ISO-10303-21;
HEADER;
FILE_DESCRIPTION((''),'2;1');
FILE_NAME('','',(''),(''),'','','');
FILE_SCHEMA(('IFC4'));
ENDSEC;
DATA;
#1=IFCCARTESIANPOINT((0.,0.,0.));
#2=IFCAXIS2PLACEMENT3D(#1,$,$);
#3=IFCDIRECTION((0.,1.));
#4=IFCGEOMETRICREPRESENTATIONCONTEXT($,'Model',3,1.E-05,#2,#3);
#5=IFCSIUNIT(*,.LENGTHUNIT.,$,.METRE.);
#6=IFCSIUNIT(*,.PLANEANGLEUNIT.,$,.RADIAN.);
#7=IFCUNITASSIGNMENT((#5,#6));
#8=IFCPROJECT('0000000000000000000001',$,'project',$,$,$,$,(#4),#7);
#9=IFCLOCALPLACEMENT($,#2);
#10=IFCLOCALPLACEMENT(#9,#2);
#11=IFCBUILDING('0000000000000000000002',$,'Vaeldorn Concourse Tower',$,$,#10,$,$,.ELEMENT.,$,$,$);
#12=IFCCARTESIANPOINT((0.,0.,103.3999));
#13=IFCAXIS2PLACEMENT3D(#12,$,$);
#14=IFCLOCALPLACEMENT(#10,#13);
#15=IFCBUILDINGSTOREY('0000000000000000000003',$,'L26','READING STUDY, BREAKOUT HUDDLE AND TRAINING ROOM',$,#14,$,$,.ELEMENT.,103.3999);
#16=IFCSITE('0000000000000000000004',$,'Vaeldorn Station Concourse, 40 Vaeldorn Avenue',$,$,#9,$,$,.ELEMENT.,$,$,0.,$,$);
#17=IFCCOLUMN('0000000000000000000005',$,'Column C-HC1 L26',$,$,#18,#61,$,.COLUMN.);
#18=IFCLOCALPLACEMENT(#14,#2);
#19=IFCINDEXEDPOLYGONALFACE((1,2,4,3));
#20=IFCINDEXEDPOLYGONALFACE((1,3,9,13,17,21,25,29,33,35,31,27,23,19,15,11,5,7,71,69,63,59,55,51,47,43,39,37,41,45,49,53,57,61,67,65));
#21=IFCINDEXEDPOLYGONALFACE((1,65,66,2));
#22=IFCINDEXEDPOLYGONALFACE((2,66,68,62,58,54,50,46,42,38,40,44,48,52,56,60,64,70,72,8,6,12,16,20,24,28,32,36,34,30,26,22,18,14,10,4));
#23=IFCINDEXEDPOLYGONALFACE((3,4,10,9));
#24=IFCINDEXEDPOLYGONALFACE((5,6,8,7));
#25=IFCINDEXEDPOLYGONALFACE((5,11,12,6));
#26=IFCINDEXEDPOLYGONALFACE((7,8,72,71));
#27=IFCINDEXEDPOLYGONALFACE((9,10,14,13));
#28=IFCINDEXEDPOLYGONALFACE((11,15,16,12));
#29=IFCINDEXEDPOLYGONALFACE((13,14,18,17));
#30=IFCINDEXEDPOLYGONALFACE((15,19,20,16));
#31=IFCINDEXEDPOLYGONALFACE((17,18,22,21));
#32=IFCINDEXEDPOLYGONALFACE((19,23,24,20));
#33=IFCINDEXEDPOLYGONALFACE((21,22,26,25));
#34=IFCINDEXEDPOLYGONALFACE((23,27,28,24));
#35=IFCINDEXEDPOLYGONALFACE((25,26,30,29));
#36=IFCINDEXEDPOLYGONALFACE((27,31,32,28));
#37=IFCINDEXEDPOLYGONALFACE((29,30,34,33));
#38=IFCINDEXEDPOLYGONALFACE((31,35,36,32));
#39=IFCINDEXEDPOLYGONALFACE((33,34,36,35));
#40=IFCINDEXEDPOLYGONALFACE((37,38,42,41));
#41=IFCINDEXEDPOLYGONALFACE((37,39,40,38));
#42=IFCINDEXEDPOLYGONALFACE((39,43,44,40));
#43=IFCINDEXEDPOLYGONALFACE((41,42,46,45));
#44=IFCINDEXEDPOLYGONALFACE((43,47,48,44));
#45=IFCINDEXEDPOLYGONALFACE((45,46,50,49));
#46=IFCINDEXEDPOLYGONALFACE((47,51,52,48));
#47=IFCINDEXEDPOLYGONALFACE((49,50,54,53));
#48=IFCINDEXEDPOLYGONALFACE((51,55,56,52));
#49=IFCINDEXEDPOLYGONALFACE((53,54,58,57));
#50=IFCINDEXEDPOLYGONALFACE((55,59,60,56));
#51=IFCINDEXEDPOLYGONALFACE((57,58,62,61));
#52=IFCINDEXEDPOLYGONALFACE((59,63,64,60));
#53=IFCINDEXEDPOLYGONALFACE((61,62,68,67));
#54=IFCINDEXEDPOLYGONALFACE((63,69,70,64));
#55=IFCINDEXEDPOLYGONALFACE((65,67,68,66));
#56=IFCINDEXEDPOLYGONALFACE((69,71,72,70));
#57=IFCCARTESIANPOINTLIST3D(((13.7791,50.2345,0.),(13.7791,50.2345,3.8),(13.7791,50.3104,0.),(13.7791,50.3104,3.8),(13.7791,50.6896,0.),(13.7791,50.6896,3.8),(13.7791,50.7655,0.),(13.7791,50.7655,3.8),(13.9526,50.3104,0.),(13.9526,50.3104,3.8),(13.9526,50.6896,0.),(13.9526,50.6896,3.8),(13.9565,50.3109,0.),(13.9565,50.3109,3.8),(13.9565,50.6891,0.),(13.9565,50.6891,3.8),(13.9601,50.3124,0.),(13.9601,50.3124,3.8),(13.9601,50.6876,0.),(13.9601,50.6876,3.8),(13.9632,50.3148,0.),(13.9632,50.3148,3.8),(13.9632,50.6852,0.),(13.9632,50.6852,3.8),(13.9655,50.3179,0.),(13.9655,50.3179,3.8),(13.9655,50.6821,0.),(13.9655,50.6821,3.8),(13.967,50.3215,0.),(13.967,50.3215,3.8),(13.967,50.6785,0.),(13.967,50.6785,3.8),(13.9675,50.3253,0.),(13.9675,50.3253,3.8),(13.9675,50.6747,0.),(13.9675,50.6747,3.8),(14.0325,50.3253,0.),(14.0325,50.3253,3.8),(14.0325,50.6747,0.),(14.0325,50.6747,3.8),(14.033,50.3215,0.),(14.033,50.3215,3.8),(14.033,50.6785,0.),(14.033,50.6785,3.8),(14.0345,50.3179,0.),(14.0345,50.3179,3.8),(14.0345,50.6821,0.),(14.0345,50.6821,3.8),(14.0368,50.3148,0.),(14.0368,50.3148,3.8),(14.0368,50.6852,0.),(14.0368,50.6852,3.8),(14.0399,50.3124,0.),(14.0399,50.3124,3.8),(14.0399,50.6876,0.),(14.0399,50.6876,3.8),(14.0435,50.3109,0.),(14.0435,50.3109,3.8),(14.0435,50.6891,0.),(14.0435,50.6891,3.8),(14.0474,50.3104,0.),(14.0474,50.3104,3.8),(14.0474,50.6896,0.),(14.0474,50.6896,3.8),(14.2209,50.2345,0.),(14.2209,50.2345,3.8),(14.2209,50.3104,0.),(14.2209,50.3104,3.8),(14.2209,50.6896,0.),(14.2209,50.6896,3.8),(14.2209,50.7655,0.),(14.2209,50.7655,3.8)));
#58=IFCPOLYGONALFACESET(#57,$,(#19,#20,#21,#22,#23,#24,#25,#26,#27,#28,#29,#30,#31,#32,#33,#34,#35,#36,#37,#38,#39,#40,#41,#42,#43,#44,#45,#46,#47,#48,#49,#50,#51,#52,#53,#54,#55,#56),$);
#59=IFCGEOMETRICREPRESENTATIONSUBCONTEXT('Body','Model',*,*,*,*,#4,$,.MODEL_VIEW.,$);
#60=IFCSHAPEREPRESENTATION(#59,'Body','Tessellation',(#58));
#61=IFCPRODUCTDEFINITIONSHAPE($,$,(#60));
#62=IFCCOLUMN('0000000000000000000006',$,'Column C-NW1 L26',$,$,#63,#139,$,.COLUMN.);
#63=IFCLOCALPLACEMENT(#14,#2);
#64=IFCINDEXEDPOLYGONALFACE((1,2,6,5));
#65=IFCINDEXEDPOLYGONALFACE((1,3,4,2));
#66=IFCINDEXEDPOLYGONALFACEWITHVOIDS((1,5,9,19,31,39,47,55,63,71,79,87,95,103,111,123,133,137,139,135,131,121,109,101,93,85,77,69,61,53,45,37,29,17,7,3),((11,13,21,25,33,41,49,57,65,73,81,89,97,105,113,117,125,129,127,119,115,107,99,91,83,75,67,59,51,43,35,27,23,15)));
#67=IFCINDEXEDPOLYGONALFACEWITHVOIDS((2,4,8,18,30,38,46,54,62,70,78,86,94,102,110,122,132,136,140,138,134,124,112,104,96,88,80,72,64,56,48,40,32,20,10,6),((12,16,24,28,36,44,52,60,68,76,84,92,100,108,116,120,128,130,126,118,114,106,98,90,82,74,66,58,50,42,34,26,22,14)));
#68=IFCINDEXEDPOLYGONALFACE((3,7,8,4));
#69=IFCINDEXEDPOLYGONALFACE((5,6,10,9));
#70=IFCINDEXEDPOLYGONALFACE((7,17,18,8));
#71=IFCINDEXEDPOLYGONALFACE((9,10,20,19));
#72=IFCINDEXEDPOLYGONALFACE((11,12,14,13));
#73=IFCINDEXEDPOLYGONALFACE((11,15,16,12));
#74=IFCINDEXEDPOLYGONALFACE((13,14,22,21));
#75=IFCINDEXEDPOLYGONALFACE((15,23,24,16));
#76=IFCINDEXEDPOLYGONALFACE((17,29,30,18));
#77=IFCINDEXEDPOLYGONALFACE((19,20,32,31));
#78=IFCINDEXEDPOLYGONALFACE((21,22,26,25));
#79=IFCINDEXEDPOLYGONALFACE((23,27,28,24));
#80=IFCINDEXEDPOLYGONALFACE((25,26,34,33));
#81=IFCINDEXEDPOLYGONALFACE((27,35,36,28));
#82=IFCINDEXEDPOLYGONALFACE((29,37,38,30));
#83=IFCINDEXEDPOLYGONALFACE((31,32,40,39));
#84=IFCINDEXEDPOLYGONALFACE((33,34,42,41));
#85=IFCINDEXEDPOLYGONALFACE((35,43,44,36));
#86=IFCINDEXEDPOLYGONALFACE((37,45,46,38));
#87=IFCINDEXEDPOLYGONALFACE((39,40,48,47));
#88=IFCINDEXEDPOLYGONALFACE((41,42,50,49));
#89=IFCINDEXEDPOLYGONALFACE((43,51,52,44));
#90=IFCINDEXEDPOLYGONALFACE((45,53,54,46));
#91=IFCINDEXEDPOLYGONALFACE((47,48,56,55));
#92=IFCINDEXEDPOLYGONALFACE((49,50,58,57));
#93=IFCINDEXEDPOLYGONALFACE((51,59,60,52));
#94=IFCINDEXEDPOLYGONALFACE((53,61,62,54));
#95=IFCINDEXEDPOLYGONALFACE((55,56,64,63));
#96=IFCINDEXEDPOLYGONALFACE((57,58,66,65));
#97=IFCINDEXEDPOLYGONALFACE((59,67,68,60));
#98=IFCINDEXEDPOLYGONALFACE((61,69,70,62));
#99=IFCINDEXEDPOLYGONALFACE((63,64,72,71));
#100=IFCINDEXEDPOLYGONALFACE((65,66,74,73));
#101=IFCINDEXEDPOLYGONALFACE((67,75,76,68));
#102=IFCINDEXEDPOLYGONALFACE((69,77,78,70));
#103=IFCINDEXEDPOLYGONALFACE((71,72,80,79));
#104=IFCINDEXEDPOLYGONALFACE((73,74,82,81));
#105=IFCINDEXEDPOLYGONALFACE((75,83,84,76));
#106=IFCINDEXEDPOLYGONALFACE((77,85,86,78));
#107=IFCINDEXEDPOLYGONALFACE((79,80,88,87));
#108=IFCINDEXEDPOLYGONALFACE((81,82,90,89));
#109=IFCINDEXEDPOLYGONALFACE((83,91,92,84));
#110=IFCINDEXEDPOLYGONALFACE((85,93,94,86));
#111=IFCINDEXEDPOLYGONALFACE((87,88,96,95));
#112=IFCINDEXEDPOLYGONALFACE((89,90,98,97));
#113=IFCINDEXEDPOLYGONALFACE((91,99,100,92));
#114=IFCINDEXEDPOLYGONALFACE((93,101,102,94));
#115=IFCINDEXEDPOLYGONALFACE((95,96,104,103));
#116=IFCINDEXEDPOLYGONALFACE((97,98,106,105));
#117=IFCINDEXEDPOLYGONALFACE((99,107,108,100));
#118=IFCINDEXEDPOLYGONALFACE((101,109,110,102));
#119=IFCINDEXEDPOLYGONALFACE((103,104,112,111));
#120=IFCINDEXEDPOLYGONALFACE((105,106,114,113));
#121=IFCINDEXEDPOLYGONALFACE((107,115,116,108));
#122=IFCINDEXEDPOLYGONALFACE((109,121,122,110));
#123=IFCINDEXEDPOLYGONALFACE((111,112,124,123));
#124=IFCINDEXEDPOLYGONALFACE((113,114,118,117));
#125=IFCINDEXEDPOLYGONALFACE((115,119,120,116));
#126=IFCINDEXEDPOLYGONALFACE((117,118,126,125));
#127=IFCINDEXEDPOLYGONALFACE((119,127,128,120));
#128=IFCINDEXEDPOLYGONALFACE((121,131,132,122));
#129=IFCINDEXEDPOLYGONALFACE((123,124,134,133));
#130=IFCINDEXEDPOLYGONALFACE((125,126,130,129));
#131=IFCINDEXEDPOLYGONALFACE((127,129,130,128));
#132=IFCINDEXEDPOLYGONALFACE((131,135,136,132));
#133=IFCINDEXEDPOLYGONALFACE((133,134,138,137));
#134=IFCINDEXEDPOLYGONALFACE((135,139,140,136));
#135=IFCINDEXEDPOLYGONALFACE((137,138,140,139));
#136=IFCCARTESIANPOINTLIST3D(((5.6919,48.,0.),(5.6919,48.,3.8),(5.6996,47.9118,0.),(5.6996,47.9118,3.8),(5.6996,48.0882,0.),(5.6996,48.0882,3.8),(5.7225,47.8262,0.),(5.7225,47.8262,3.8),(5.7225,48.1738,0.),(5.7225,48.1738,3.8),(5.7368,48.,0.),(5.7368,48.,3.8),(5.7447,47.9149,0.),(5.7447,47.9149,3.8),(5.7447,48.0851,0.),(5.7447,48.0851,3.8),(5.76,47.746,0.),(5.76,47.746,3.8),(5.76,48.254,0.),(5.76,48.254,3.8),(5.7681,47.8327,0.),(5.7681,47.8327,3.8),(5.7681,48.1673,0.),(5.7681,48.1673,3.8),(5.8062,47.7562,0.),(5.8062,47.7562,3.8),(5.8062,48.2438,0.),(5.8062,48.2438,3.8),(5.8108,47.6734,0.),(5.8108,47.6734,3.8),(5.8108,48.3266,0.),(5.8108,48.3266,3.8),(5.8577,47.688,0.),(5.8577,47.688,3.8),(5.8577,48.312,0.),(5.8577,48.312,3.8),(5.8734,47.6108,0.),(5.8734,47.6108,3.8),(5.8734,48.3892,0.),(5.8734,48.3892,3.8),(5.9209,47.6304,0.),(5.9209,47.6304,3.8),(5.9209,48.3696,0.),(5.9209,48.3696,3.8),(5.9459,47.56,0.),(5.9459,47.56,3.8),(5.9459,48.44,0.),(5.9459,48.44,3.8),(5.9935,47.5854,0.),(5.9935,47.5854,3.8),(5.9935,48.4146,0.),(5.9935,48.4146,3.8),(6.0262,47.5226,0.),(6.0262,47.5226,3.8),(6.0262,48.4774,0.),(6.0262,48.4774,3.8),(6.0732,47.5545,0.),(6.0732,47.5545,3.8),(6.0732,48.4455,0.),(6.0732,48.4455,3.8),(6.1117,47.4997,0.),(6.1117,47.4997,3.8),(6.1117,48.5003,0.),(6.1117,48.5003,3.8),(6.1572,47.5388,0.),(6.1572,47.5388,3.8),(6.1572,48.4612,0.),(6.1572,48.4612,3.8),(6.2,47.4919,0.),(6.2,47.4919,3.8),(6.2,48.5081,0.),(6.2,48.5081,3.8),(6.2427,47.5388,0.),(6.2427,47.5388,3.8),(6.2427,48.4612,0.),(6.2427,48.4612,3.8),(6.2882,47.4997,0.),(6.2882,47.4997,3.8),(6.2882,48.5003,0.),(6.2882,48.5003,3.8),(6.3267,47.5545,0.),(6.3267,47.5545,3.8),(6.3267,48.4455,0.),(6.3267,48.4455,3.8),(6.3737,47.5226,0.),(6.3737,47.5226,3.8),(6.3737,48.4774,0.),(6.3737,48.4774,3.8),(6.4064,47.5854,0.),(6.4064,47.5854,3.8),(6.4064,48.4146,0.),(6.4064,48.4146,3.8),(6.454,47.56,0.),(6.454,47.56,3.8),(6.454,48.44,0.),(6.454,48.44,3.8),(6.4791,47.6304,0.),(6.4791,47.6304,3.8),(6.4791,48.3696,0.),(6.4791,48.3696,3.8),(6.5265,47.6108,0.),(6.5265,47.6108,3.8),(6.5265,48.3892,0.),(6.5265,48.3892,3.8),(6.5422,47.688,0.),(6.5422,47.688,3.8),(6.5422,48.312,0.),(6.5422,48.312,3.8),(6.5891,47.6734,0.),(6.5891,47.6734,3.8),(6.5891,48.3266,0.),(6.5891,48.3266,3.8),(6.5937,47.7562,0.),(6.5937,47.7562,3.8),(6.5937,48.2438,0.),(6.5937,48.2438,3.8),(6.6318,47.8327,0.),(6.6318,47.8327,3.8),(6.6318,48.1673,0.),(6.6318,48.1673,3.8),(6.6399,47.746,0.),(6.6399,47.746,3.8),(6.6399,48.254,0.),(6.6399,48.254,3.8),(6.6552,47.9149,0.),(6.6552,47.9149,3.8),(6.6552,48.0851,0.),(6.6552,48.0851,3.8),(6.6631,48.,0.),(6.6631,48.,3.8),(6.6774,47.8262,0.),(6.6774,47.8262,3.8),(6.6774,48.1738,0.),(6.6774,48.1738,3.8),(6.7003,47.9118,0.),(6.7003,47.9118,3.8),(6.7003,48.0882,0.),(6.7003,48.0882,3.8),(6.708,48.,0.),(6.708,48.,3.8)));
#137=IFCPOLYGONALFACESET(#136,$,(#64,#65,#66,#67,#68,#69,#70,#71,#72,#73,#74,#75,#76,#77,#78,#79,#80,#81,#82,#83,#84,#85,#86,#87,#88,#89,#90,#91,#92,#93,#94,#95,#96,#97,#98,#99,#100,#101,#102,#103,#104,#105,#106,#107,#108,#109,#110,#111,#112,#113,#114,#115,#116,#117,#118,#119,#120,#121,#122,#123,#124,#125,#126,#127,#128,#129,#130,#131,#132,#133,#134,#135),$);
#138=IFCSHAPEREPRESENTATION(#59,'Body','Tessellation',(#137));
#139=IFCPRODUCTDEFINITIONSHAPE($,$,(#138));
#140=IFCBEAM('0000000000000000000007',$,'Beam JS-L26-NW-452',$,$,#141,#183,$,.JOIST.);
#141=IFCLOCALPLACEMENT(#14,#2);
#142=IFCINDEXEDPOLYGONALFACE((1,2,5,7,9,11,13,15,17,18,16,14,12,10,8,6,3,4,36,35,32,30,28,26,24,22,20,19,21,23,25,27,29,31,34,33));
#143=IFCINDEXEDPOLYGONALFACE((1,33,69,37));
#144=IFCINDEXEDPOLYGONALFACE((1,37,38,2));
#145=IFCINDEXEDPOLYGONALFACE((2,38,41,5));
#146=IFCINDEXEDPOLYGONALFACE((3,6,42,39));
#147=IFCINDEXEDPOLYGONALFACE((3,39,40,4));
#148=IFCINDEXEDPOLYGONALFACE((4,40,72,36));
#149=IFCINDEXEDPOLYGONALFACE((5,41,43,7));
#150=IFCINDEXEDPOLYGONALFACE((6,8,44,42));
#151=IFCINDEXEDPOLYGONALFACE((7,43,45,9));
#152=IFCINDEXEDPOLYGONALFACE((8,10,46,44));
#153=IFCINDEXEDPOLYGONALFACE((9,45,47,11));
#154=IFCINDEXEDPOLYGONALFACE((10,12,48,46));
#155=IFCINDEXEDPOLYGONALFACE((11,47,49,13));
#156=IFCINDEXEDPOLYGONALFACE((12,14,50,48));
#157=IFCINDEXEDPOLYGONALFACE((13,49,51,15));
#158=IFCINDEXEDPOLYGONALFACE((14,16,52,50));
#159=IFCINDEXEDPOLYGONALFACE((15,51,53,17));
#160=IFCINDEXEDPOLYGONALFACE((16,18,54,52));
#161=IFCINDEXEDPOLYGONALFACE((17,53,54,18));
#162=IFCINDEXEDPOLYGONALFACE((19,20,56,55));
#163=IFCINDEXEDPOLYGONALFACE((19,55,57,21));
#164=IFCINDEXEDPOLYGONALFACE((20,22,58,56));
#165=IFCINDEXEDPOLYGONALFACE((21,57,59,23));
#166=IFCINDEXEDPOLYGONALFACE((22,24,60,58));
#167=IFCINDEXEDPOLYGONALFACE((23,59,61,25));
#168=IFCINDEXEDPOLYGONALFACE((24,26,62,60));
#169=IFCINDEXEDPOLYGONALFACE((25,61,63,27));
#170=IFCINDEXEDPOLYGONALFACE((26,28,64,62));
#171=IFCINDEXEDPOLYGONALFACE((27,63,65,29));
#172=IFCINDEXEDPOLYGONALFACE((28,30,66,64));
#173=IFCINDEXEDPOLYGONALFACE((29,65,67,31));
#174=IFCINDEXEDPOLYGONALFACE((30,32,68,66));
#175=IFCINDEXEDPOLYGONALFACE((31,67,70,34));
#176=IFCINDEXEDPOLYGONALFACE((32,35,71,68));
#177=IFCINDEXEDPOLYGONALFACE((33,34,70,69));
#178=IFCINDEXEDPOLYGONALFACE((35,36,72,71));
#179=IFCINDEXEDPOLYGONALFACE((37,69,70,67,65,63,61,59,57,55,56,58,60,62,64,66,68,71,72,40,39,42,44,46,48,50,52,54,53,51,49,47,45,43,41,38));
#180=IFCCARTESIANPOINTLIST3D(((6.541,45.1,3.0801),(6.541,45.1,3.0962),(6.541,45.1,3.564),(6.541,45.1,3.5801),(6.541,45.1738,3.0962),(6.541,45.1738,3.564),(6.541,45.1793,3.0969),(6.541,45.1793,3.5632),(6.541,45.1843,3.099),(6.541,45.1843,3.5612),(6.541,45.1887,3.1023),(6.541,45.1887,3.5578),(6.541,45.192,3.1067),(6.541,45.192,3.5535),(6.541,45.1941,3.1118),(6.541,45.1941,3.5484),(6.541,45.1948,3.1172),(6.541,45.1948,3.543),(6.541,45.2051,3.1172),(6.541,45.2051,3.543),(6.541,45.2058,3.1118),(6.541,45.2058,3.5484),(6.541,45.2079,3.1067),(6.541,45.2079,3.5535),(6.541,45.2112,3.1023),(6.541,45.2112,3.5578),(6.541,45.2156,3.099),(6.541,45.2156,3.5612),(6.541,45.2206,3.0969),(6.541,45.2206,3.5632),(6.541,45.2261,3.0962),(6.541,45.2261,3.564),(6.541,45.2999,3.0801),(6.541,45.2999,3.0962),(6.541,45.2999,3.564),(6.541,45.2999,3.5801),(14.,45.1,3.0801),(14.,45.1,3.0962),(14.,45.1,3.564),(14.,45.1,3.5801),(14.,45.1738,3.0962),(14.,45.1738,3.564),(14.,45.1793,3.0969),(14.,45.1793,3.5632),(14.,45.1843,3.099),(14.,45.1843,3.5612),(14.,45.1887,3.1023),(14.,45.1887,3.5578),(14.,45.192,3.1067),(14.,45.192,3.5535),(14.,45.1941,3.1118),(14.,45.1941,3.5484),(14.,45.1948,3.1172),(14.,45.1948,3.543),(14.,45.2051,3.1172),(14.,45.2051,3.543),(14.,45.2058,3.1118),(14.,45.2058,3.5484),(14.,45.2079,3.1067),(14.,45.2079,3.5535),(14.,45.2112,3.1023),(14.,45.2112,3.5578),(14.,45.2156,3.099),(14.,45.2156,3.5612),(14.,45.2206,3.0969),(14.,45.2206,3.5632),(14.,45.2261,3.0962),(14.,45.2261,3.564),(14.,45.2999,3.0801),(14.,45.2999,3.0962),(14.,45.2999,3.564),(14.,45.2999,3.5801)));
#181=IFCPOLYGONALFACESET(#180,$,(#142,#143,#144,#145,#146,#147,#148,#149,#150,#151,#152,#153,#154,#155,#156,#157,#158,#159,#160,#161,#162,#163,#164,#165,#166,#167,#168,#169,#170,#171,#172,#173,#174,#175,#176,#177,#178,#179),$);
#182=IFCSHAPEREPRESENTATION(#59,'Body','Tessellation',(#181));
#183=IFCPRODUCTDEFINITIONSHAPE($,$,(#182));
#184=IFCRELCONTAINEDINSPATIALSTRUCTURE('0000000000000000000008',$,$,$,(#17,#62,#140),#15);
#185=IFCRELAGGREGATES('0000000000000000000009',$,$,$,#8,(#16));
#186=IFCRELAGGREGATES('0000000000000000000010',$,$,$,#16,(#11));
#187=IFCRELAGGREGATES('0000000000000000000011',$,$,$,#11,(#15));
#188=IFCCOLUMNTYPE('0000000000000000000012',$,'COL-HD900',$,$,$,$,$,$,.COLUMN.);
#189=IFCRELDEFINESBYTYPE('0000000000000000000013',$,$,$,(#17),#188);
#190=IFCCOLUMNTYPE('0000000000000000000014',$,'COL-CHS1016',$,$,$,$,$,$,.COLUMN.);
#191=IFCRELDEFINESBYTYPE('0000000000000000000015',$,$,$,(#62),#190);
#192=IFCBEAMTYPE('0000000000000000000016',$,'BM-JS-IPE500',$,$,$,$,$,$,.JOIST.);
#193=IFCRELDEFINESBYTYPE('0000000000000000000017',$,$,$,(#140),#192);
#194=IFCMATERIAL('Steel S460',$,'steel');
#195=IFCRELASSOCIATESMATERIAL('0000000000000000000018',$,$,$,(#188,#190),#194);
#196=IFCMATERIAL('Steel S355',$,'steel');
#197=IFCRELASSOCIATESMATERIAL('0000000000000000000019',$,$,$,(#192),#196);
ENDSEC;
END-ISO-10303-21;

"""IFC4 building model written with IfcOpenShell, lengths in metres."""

from ifc_helpers import new_model, si_unit, direction, frame, origin, origin_2d, place, context, subcontext, project, spatial, hollow_circle, i_section, extrude, source, transform, mapped, material, material_profile, profile_set, type_object, element, save


model = new_model("IFC4")

# Units and contexts
model_context = context("Model", 3, precision=1e-05, world=origin(), true_north=direction((0.0, 1.0)))
body_context = subcontext(model_context, "Body", "Model", "MODEL_VIEW")
ifc_project = project(units=[si_unit("LENGTHUNIT", "METRE"), si_unit("PLANEANGLEUNIT", "RADIAN")], contexts=[model_context])

# Site, building, storey
site_placement = place(None, origin())
site = spatial("IfcSite", under=ifc_project, at=site_placement, Name="Vaeldorn Station Concourse, 40 Vaeldorn Avenue", CompositionType="ELEMENT", RefElevation=0.0)
building_placement = place(site_placement, origin())
building = spatial("IfcBuilding", under=site, at=building_placement, Name="Vaeldorn Concourse Tower", CompositionType="ELEMENT")
storey_placement = place(building_placement, frame((0.0, 0.0, 103.3999)))
storey = spatial("IfcBuildingStorey", under=building, at=storey_placement, Name="L26", Description="READING STUDY, BREAKOUT HUDDLE AND TRAINING ROOM", CompositionType="ELEMENT", Elevation=103.3999)

# Columns
ifc_material_1 = material(Name="Steel S460", Category="steel")
ifc_material_profile_1 = material_profile(ifc_material_1, i_section(OverallWidth=0.4419, OverallDepth=0.531, WebThickness=0.0649, FlangeThickness=0.0759, FilletRadius=0.0149, at=origin_2d()), Name="HD 400x900")
ifc_profile_set_1 = profile_set([ifc_material_profile_1], Name="Steel S460")
column_type_1 = type_object("IfcColumnType", Name="COL-HD900", PredefinedType="COLUMN", material=ifc_profile_set_1)
shared_shape_1 = source(origin(), body_context, "Body", "SweptSolid", [
    extrude(i_section(OverallWidth=0.4419, OverallDepth=0.531, WebThickness=0.0649, FlangeThickness=0.0759, FilletRadius=0.0149, at=origin_2d()), origin(), (0.0, 0.0, 1.0), 3.8),
])
column_1_placement = place(storey_placement, frame((14.0, 50.5, 0.0), z_axis=(0.0, 0.0, 1.0), x_axis=(1.0, 0.0, 0.0)))
element("IfcColumn", 1, at=column_1_placement, inside=storey, type_object=column_type_1, Name="Column C-HC1 L26", PredefinedType="COLUMN", context=body_context, shape_type="MappedRepresentation", body=[
    mapped(shared_shape_1, transform((0.0, 0.0, 0.0), scale=1.0)),
])
ifc_material_profile_2 = material_profile(ifc_material_1, hollow_circle(Radius=0.5081, WallThickness=0.0449, at=origin_2d()), Name="CHS 1016x45")
ifc_profile_set_2 = profile_set([ifc_material_profile_2], Name="Steel S460")
column_type_2 = type_object("IfcColumnType", Name="COL-CHS1016", PredefinedType="COLUMN", material=ifc_profile_set_2)
shared_shape_2 = source(origin(), body_context, "Body", "SweptSolid", [
    extrude(hollow_circle(Radius=0.5081, WallThickness=0.0449, at=origin_2d()), origin(), (0.0, 0.0, 1.0), 3.8),
])
column_2_placement = place(storey_placement, frame((6.2, 48.0, 0.0), z_axis=(0.0, 0.0, 1.0), x_axis=(1.0, 0.0, 0.0)))
element("IfcColumn", 2, at=column_2_placement, inside=storey, type_object=column_type_2, Name="Column C-NW1 L26", PredefinedType="COLUMN", context=body_context, shape_type="MappedRepresentation", body=[
    mapped(shared_shape_2, transform((0.0, 0.0, 0.0), scale=1.0)),
])

# Beam
ifc_material_2 = material(Name="Steel S355", Category="steel")
ifc_material_profile_3 = material_profile(ifc_material_2, i_section(OverallWidth=0.2, OverallDepth=0.5, WebThickness=0.0103, FlangeThickness=0.0161, FilletRadius=0.021, at=origin_2d()), Name="IPE 500")
ifc_profile_set_3 = profile_set([ifc_material_profile_3], Name="Steel S355")
beam_type_1 = type_object("IfcBeamType", Name="BM-JS-IPE500", PredefinedType="JOIST", material=ifc_profile_set_3)
shared_shape_3 = source(origin(), body_context, "Body", "SweptSolid", [
    extrude(i_section(OverallWidth=0.2, OverallDepth=0.5, WebThickness=0.0103, FlangeThickness=0.0161, FilletRadius=0.021, at=origin_2d()), origin(), (0.0, 0.0, 1.0), 7.459),
])
beam_1_placement = place(storey_placement, frame((6.541, 45.2, 3.3301), z_axis=(1.0, 0.0, 0.0), x_axis=(0.0, 1.0, 0.0)))
element("IfcBeam", 3, at=beam_1_placement, inside=storey, type_object=beam_type_1, Name="Beam JS-L26-NW-452", PredefinedType="JOIST", context=body_context, shape_type="MappedRepresentation", body=[
    mapped(shared_shape_3, transform((0.0, 0.0, 0.0), scale=1.0)),
])

save(model, "model.ifc")
